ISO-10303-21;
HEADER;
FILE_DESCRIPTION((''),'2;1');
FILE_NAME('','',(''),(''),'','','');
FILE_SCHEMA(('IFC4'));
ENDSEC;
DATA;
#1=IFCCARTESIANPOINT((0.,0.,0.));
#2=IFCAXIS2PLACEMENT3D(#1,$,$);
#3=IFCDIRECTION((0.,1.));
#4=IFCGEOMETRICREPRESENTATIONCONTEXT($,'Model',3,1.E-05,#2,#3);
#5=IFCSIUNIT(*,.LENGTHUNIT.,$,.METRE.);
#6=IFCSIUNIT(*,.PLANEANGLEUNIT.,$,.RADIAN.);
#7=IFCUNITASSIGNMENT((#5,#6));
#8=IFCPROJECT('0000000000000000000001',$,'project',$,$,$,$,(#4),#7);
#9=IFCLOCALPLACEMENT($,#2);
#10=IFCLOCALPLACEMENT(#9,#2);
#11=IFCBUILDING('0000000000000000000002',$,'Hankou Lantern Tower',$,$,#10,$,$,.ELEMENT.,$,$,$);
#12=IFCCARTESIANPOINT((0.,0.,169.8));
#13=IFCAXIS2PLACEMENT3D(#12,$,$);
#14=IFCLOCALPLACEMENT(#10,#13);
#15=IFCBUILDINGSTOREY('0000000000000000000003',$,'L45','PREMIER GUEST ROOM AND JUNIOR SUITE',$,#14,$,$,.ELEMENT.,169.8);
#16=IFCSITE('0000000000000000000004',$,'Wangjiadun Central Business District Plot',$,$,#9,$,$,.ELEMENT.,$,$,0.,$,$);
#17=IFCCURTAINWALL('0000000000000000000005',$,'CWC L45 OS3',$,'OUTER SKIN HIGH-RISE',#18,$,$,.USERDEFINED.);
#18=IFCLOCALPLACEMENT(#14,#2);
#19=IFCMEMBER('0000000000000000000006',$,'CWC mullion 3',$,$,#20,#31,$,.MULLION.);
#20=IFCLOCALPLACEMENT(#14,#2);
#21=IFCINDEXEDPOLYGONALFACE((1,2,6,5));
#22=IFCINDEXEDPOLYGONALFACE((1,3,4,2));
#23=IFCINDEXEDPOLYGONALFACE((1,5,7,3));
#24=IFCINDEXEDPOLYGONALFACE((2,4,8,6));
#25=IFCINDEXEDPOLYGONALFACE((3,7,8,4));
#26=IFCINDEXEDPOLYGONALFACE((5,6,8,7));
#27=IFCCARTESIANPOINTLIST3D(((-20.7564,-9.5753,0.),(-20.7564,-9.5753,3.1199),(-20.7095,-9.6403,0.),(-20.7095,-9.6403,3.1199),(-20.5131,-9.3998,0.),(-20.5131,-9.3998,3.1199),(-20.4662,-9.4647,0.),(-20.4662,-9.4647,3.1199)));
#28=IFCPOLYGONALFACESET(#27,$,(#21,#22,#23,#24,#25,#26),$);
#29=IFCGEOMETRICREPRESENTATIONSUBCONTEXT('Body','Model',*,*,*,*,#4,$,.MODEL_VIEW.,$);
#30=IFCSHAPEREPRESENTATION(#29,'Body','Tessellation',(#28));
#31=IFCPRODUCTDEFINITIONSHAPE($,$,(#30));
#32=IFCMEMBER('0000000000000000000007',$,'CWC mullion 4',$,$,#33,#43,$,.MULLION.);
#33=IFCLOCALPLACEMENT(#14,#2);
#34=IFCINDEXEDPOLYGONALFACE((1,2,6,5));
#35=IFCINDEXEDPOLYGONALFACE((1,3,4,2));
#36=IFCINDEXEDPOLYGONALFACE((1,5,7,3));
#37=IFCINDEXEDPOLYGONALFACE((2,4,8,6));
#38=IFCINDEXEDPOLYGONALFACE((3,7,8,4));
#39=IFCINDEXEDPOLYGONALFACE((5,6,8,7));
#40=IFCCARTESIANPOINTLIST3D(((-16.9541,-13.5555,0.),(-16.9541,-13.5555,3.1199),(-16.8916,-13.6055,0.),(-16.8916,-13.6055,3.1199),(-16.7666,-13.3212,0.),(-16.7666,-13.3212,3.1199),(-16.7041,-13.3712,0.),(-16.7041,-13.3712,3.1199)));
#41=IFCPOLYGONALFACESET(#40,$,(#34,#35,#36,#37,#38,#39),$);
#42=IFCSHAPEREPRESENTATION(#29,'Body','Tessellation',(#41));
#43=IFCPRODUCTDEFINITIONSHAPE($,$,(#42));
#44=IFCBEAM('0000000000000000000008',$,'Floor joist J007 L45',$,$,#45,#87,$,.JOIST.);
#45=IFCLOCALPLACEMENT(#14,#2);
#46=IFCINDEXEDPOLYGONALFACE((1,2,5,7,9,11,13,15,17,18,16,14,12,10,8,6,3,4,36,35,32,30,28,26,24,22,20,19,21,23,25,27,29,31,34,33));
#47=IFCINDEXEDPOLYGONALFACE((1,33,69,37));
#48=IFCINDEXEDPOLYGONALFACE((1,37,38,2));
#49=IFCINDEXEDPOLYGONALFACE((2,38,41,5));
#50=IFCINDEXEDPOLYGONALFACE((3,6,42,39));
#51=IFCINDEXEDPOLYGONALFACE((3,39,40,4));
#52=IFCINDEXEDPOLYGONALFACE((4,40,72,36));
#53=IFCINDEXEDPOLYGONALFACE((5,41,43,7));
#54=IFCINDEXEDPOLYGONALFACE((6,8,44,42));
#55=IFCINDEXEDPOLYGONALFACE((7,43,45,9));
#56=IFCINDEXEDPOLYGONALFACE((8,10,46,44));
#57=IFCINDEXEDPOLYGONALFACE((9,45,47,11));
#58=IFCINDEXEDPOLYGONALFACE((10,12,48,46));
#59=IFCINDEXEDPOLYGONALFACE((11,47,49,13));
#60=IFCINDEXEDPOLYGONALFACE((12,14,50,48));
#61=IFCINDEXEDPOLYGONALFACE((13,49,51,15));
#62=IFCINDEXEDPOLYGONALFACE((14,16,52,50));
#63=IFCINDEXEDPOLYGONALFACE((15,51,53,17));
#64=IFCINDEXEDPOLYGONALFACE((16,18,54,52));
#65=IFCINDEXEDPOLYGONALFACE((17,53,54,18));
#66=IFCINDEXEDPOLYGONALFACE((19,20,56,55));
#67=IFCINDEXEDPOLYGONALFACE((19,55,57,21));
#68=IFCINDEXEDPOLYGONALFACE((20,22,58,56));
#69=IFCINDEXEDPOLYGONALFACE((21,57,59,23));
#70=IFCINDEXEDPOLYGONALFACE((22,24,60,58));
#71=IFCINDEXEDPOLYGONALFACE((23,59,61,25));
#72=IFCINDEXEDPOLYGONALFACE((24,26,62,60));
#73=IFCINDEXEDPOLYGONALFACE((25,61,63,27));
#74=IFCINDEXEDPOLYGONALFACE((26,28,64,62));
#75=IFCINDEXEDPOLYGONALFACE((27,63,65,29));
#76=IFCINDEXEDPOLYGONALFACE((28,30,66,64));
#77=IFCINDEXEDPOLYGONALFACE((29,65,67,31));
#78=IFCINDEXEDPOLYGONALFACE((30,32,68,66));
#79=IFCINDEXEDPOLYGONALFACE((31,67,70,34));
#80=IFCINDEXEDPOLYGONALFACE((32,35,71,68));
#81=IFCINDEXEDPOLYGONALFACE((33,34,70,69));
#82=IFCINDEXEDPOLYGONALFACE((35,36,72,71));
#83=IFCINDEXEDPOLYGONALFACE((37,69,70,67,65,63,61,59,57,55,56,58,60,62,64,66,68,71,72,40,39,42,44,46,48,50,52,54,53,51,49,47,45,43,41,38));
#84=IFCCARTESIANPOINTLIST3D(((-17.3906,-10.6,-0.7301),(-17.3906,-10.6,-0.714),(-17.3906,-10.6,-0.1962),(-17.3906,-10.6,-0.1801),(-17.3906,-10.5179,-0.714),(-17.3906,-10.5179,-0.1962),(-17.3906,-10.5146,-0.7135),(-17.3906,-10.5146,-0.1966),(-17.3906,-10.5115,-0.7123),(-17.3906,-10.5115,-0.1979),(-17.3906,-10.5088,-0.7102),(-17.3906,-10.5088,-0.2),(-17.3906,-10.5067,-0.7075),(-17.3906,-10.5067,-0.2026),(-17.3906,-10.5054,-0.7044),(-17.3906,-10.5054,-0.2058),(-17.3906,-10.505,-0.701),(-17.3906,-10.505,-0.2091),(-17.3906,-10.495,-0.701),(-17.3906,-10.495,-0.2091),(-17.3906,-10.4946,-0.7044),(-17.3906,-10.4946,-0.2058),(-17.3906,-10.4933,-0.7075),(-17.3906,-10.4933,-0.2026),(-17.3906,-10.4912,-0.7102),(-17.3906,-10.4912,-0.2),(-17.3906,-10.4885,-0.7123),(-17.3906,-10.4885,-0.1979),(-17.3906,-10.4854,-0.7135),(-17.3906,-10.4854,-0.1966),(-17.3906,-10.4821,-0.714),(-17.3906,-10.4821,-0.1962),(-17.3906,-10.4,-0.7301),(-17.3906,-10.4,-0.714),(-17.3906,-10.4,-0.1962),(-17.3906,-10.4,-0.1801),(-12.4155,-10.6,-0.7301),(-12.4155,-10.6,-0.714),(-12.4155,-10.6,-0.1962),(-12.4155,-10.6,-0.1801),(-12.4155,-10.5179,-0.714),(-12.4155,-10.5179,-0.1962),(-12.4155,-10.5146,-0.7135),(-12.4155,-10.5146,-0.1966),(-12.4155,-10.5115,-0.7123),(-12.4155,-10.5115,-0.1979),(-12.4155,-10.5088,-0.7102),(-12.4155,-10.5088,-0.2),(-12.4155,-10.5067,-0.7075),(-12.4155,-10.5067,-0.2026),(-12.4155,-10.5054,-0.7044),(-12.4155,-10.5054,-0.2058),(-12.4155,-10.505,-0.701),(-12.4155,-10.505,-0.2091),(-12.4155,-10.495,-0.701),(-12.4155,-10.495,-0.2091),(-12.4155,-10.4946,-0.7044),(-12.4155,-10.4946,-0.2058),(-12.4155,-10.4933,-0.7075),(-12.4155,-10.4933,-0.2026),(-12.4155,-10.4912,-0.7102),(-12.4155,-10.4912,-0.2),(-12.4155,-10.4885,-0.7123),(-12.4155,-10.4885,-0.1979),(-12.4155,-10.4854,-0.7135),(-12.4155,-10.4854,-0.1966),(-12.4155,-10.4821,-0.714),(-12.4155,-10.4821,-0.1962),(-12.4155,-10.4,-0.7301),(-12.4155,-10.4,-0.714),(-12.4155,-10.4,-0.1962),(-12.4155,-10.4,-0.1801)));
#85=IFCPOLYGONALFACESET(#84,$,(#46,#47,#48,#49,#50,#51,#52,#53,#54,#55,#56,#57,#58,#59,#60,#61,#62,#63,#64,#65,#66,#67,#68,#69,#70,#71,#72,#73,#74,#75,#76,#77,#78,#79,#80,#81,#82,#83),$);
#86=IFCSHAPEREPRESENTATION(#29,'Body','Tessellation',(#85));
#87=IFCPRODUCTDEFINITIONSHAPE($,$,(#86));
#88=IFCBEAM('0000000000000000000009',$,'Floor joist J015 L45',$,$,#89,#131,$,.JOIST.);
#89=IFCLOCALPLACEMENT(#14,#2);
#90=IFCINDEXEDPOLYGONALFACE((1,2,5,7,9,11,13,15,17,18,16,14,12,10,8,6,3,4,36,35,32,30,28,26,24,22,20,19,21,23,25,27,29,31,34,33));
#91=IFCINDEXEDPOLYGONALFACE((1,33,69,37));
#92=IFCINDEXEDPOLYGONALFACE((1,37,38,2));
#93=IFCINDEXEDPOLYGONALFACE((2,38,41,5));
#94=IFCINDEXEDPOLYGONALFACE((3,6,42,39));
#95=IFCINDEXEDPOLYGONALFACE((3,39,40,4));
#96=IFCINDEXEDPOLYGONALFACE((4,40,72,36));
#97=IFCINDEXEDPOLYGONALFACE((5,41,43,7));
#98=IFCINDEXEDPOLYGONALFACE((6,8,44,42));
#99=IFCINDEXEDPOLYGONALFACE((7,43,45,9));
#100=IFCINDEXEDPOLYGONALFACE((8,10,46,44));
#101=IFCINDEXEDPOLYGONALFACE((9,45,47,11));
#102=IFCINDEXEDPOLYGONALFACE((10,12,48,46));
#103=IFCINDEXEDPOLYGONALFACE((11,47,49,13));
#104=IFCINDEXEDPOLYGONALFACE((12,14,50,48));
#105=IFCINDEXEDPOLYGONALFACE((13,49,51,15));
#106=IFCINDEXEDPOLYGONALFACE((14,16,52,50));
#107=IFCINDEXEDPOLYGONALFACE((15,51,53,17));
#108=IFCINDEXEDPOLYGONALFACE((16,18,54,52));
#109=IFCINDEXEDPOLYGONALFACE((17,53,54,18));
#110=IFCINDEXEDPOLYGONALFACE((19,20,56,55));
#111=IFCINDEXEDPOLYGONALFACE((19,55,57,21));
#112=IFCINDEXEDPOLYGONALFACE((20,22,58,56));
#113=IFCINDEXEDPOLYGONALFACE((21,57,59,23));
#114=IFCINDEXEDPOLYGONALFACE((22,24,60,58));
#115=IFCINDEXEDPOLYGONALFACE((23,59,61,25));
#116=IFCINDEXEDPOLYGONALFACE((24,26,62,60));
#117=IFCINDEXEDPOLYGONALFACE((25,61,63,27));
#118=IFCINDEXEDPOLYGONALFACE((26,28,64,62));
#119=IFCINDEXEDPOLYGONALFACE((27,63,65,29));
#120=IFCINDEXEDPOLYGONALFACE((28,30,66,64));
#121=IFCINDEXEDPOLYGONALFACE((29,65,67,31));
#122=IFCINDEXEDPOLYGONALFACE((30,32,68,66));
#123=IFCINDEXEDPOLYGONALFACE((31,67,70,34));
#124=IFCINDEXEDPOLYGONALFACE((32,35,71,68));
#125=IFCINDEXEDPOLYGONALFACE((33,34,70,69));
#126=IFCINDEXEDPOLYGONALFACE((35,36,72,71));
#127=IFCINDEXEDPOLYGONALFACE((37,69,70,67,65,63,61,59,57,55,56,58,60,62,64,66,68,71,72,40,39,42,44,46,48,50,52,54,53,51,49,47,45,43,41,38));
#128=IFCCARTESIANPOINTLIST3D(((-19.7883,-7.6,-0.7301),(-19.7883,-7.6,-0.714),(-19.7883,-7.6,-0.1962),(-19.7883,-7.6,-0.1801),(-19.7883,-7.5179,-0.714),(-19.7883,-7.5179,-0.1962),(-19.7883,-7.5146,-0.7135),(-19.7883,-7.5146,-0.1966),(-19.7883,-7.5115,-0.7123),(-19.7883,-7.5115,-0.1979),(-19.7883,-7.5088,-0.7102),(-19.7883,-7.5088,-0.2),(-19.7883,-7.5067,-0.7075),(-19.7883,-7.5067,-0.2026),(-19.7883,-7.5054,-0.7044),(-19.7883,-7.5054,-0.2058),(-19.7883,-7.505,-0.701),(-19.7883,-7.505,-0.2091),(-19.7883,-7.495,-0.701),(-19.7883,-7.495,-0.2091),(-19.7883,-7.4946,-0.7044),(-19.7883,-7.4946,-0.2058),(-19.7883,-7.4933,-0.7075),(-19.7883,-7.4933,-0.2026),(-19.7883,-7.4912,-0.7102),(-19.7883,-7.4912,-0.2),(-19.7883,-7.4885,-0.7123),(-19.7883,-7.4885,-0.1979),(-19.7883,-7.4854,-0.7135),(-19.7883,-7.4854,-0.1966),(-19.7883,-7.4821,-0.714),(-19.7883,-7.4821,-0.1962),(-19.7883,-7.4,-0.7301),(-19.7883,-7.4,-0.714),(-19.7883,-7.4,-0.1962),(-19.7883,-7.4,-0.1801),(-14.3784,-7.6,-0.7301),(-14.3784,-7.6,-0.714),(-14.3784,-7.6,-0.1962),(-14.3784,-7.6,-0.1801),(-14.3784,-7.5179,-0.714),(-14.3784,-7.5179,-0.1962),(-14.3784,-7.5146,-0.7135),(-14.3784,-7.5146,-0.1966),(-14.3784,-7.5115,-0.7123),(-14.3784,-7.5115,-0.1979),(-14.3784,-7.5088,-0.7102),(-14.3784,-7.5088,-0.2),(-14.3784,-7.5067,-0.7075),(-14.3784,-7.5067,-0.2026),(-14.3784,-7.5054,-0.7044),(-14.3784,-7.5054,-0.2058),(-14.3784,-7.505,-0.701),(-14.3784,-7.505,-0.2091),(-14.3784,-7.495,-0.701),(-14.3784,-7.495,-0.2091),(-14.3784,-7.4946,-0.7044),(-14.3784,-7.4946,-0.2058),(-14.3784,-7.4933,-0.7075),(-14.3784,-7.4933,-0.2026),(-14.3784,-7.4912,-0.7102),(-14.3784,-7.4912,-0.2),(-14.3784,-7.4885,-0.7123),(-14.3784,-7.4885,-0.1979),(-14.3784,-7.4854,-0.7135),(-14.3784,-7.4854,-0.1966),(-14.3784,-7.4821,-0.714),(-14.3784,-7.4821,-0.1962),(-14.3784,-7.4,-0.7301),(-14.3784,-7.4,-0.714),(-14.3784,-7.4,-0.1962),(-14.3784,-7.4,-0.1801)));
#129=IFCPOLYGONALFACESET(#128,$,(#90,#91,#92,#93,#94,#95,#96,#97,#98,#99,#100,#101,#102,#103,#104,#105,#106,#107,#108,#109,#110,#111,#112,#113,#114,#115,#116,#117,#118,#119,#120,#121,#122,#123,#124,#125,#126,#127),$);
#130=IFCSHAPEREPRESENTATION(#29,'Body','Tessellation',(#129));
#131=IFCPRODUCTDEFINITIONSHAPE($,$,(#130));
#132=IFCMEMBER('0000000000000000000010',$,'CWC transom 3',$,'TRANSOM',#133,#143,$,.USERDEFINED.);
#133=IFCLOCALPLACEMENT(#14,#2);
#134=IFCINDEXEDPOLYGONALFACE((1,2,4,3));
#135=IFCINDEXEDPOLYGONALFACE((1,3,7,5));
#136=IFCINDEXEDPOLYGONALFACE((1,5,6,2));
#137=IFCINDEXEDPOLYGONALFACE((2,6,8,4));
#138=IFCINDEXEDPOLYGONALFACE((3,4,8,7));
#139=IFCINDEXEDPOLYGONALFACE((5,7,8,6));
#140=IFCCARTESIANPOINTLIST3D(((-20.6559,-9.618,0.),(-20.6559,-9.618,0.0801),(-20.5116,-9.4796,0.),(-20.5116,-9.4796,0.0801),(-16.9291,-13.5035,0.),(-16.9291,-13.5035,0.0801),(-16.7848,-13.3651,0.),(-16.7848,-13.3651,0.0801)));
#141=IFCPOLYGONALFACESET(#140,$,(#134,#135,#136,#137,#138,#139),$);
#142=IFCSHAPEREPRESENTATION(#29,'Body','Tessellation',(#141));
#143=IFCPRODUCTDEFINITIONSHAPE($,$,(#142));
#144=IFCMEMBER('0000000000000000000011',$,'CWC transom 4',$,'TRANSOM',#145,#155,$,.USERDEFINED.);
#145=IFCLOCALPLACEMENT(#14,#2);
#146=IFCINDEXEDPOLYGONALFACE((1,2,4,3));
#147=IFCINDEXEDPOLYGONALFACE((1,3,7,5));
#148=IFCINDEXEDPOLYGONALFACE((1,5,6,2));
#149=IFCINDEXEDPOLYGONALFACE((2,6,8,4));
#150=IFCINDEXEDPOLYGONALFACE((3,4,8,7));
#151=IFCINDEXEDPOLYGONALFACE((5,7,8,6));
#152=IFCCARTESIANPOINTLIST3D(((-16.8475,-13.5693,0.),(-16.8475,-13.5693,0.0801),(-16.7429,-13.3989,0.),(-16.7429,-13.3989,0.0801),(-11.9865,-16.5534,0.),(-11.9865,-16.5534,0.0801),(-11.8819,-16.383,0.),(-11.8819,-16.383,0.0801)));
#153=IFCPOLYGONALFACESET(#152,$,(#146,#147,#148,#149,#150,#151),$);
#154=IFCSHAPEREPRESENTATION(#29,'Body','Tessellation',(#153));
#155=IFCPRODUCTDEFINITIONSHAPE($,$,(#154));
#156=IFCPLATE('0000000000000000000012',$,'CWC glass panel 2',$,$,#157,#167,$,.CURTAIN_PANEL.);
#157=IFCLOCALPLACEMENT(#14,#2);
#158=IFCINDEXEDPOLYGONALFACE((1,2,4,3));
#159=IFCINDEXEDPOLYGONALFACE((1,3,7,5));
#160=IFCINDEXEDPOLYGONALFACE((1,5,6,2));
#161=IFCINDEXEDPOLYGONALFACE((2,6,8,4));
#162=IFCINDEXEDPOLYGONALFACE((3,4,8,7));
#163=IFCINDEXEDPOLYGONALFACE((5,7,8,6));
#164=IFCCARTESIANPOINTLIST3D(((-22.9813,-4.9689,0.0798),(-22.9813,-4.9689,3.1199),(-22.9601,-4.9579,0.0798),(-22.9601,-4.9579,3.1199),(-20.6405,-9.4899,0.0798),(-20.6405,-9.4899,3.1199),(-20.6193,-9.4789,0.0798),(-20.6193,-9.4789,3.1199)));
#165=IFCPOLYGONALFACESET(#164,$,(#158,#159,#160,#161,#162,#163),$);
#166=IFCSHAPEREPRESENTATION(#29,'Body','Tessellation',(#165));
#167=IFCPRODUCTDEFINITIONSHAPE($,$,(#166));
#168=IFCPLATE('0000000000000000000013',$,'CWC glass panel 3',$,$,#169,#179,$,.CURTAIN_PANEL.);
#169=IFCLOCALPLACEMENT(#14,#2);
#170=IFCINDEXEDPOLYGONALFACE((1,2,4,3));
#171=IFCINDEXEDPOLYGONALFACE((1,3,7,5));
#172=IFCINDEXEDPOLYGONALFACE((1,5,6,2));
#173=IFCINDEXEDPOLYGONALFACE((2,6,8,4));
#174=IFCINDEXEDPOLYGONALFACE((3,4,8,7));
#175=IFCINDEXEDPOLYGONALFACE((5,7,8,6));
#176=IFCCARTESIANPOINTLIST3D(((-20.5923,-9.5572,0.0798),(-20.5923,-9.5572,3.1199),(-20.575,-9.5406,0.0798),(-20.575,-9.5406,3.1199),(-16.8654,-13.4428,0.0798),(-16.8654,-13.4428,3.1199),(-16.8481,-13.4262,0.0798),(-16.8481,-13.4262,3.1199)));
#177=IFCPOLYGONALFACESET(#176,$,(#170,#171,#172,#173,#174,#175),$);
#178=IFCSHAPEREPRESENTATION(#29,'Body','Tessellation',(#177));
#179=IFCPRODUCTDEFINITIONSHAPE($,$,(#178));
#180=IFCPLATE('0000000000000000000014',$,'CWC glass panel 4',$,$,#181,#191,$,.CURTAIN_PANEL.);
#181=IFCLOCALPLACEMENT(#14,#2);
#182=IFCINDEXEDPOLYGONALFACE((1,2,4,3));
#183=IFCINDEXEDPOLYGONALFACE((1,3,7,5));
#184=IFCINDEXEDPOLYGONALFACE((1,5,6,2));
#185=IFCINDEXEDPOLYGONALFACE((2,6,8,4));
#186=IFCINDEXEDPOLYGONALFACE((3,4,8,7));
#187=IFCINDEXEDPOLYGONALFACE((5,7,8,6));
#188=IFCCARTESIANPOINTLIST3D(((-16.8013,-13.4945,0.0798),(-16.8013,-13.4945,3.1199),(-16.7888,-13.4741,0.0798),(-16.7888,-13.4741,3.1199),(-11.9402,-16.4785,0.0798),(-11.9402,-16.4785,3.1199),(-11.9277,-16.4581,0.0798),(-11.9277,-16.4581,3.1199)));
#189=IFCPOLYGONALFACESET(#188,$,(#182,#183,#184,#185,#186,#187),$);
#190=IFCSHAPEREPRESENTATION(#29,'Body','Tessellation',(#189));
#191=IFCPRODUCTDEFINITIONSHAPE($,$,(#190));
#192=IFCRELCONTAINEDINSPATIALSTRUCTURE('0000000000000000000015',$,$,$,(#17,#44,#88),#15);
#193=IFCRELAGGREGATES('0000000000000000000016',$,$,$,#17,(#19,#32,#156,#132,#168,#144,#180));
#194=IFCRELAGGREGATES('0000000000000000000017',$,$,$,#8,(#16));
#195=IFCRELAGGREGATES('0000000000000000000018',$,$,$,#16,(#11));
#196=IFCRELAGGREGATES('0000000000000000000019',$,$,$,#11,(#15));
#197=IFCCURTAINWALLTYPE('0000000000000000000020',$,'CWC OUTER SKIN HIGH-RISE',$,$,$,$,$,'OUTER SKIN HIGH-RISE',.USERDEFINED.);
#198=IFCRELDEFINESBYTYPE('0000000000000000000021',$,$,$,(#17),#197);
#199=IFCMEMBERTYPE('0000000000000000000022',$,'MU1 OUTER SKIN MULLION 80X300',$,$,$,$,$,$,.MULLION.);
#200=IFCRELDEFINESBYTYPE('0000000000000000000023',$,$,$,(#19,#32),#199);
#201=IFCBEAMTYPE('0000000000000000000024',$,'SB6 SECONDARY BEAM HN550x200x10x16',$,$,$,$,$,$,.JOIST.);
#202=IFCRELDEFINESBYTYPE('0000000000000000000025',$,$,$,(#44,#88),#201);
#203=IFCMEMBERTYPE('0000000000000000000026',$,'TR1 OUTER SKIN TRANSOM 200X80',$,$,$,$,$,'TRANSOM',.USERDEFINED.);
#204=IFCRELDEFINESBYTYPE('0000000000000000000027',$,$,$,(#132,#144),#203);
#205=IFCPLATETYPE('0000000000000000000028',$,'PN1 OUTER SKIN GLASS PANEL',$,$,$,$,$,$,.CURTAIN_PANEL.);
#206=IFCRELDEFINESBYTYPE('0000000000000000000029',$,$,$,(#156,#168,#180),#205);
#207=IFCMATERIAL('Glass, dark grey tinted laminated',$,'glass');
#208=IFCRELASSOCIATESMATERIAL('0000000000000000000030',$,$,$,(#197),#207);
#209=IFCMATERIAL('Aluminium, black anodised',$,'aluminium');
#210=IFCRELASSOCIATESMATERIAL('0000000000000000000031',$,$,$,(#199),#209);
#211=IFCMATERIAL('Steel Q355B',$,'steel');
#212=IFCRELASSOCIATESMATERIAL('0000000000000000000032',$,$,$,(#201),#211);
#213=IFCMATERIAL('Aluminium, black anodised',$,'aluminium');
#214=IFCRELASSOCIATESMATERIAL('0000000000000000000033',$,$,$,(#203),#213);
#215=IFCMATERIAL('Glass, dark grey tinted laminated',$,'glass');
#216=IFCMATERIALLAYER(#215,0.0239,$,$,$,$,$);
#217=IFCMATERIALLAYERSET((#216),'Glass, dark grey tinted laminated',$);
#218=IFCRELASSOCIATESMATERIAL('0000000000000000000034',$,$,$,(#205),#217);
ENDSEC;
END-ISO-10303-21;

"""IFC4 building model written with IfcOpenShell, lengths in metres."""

from ifc_helpers import new_model, si_unit, direction, frame, origin, origin_2d, place, context, subcontext, project, spatial, rectangle, i_section, extrude, material, layer, layer_set, material_profile, profile_set, type_object, element, aggregate, save


model = new_model("IFC4")

# Units and contexts
model_context = context("Model", 3, precision=1e-05, world=origin(), true_north=direction((0.0, 1.0)))
body_context = subcontext(model_context, "Body", "Model", "MODEL_VIEW")
ifc_project = project(units=[si_unit("LENGTHUNIT", "METRE"), si_unit("PLANEANGLEUNIT", "RADIAN")], contexts=[model_context])

# Site, building, storey
site_placement = place(None, origin())
site = spatial("IfcSite", under=ifc_project, at=site_placement, Name="Wangjiadun Central Business District Plot", CompositionType="ELEMENT", RefElevation=0.0)
building_placement = place(site_placement, origin())
building = spatial("IfcBuilding", under=site, at=building_placement, Name="Hankou Lantern Tower", CompositionType="ELEMENT")
storey_placement = place(building_placement, frame((0.0, 0.0, 169.8)))
storey = spatial("IfcBuildingStorey", under=building, at=storey_placement, Name="L45", Description="PREMIER GUEST ROOM AND JUNIOR SUITE", CompositionType="ELEMENT", Elevation=169.8)

# Curtain wall, members
ifc_material_1 = material(Name="Glass, dark grey tinted laminated", Category="glass")
curtain_wall_type = type_object("IfcCurtainWallType", Name="CWC OUTER SKIN HIGH-RISE", ElementType="OUTER SKIN HIGH-RISE", PredefinedType="USERDEFINED", material=ifc_material_1)
curtain_wall_placement = place(storey_placement, origin())
curtain_wall = element("IfcCurtainWall", 1, at=curtain_wall_placement, inside=storey, type_object=curtain_wall_type, Name="CWC L45 OS3", ObjectType="OUTER SKIN HIGH-RISE", PredefinedType="USERDEFINED")
ifc_material_2 = material(Name="Aluminium, black anodised", Category="aluminium")
ifc_material_profile_1 = material_profile(ifc_material_2, rectangle(XDim=0.0801, YDim=0.3, at=origin_2d()), Name="MU1 80X300")
ifc_profile_set_1 = profile_set([ifc_material_profile_1], Name="Aluminium, black anodised")
member_type_1 = type_object("IfcMemberType", Name="MU1 OUTER SKIN MULLION 80X300", PredefinedType="MULLION", material=ifc_profile_set_1)
member_1_placement = place(storey_placement, frame((-20.6113, -9.52, 0.0), z_axis=(0.0, 0.0, 1.0), x_axis=(0.585206, -0.810885, 0.0)))
member_1 = element("IfcMember", 2, at=member_1_placement, type_object=member_type_1, Name="CWC mullion 3", PredefinedType="MULLION", context=body_context, shape_type="SweptSolid", body=[
    extrude(rectangle(XDim=0.0801, YDim=0.3, at=origin_2d()), origin(), (0.0, 0.0, 1.0), 3.1199),
])
member_2_placement = place(storey_placement, frame((-16.8291, -13.4634, 0.0), z_axis=(0.0, 0.0, 1.0), x_axis=(0.780869, -0.624695, 0.0)))
member_2 = element("IfcMember", 3, at=member_2_placement, type_object=member_type_1, Name="CWC mullion 4", PredefinedType="MULLION", context=body_context, shape_type="SweptSolid", body=[
    extrude(rectangle(XDim=0.0801, YDim=0.3, at=origin_2d()), origin(), (0.0, 0.0, 1.0), 3.1199),
])

# Beams
ifc_material_3 = material(Name="Steel Q355B", Category="steel")
ifc_material_profile_2 = material_profile(ifc_material_3, i_section(OverallWidth=0.2, OverallDepth=0.55, WebThickness=0.01, FlangeThickness=0.0161, FilletRadius=0.0129, at=origin_2d()), Name="HN550x200x10x16")
ifc_profile_set_2 = profile_set([ifc_material_profile_2], Name="Steel Q355B")
beam_type_1 = type_object("IfcBeamType", Name="SB6 SECONDARY BEAM HN550x200x10x16", PredefinedType="JOIST", material=ifc_profile_set_2)
beam_1_placement = place(storey_placement, frame((-17.3906, -10.5, -0.4551), z_axis=(1.0, 0.0, 0.0), x_axis=(0.0, 1.0, 0.0)))
element("IfcBeam", 4, at=beam_1_placement, inside=storey, type_object=beam_type_1, Name="Floor joist J007 L45", PredefinedType="JOIST", context=body_context, shape_type="SweptSolid", body=[
    extrude(i_section(OverallWidth=0.2, OverallDepth=0.55, WebThickness=0.01, FlangeThickness=0.0161, FilletRadius=0.0129, at=origin_2d()), origin(), (0.0, 0.0, 1.0), 4.9751),
])
beam_2_placement = place(storey_placement, frame((-19.7883, -7.5, -0.4551), z_axis=(1.0, 0.0, 0.0), x_axis=(0.0, 1.0, 0.0)))
element("IfcBeam", 5, at=beam_2_placement, inside=storey, type_object=beam_type_1, Name="Floor joist J015 L45", PredefinedType="JOIST", context=body_context, shape_type="SweptSolid", body=[
    extrude(i_section(OverallWidth=0.2, OverallDepth=0.55, WebThickness=0.01, FlangeThickness=0.0161, FilletRadius=0.0129, at=origin_2d()), origin(), (0.0, 0.0, 1.0), 5.4099),
])

# Members
ifc_material_4 = material(Name="Aluminium, black anodised", Category="aluminium")
ifc_material_profile_3 = material_profile(ifc_material_4, rectangle(XDim=0.2, YDim=0.0801, at=origin_2d()), Name="TR1 200X80")
ifc_profile_set_3 = profile_set([ifc_material_profile_3], Name="Aluminium, black anodised")
member_type_2 = type_object("IfcMemberType", Name="TR1 OUTER SKIN TRANSOM 200X80", ElementType="TRANSOM", PredefinedType="USERDEFINED", material=ifc_profile_set_3)
member_3_placement = place(storey_placement, frame((-20.5837, -9.5488, 0.04), z_axis=(0.692216, -0.721691, 0.0), x_axis=(0.721691, 0.692216, 0.0)))
member_3 = element("IfcMember", 6, at=member_3_placement, type_object=member_type_2, Name="CWC transom 3", ObjectType="TRANSOM", PredefinedType="USERDEFINED", context=body_context, shape_type="SweptSolid", body=[
    extrude(rectangle(XDim=0.2, YDim=0.0801, at=origin_2d()), origin(), (0.0, 0.0, 1.0), 5.3838),
])
member_4_placement = place(storey_placement, frame((-16.7952, -13.4841, 0.04), z_axis=(0.852229, -0.523168, 0.0), x_axis=(0.523168, 0.852229, 0.0)))
member_4 = element("IfcMember", 7, at=member_4_placement, type_object=member_type_2, Name="CWC transom 4", ObjectType="TRANSOM", PredefinedType="USERDEFINED", context=body_context, shape_type="SweptSolid", body=[
    extrude(rectangle(XDim=0.2, YDim=0.0801, at=origin_2d()), origin(), (0.0, 0.0, 1.0), 5.7039),
])

# Plates
ifc_material_5 = material(Name="Glass, dark grey tinted laminated", Category="glass")
ifc_layer_1 = layer(ifc_material_5, 0.0239)
ifc_layer_set_1 = layer_set([ifc_layer_1], Name="Glass, dark grey tinted laminated")
plate_type = type_object("IfcPlateType", Name="PN1 OUTER SKIN GLASS PANEL", PredefinedType="CURTAIN_PANEL", material=ifc_layer_set_1)
plate_1_placement = place(storey_placement, frame((-21.8003, -7.2239, 0.0798), z_axis=(0.0, 0.0, 1.0), x_axis=(0.459791, -0.888027, 0.0)))
plate_1 = element("IfcPlate", 8, at=plate_1_placement, type_object=plate_type, Name="CWC glass panel 2", PredefinedType="CURTAIN_PANEL", context=body_context, shape_type="SweptSolid", body=[
    extrude(rectangle(XDim=5.0911, YDim=0.0239, at=origin_2d()), origin(), (0.0, 0.0, 1.0), 3.04),
])
plate_2_placement = place(storey_placement, frame((-18.7202, -11.4917, 0.0798), z_axis=(0.0, 0.0, 1.0), x_axis=(0.692216, -0.721691, 0.0)))
plate_2 = element("IfcPlate", 9, at=plate_2_placement, type_object=plate_type, Name="CWC glass panel 3", PredefinedType="CURTAIN_PANEL", context=body_context, shape_type="SweptSolid", body=[
    extrude(rectangle(XDim=5.384, YDim=0.0239, at=origin_2d()), origin(), (0.0, 0.0, 1.0), 3.04),
])
plate_3_placement = place(storey_placement, frame((-14.3645, -14.9763, 0.0798), z_axis=(0.0, 0.0, 1.0), x_axis=(0.852237, -0.523156, 0.0)))
plate_3 = element("IfcPlate", 10, at=plate_3_placement, type_object=plate_type, Name="CWC glass panel 4", PredefinedType="CURTAIN_PANEL", context=body_context, shape_type="SweptSolid", body=[
    extrude(rectangle(XDim=5.7039, YDim=0.0239, at=origin_2d()), origin(), (0.0, 0.0, 1.0), 3.04),
])
aggregate(curtain_wall, [member_1, member_2, plate_1, member_3, plate_2, member_4, plate_3])

save(model, "model.ifc")
